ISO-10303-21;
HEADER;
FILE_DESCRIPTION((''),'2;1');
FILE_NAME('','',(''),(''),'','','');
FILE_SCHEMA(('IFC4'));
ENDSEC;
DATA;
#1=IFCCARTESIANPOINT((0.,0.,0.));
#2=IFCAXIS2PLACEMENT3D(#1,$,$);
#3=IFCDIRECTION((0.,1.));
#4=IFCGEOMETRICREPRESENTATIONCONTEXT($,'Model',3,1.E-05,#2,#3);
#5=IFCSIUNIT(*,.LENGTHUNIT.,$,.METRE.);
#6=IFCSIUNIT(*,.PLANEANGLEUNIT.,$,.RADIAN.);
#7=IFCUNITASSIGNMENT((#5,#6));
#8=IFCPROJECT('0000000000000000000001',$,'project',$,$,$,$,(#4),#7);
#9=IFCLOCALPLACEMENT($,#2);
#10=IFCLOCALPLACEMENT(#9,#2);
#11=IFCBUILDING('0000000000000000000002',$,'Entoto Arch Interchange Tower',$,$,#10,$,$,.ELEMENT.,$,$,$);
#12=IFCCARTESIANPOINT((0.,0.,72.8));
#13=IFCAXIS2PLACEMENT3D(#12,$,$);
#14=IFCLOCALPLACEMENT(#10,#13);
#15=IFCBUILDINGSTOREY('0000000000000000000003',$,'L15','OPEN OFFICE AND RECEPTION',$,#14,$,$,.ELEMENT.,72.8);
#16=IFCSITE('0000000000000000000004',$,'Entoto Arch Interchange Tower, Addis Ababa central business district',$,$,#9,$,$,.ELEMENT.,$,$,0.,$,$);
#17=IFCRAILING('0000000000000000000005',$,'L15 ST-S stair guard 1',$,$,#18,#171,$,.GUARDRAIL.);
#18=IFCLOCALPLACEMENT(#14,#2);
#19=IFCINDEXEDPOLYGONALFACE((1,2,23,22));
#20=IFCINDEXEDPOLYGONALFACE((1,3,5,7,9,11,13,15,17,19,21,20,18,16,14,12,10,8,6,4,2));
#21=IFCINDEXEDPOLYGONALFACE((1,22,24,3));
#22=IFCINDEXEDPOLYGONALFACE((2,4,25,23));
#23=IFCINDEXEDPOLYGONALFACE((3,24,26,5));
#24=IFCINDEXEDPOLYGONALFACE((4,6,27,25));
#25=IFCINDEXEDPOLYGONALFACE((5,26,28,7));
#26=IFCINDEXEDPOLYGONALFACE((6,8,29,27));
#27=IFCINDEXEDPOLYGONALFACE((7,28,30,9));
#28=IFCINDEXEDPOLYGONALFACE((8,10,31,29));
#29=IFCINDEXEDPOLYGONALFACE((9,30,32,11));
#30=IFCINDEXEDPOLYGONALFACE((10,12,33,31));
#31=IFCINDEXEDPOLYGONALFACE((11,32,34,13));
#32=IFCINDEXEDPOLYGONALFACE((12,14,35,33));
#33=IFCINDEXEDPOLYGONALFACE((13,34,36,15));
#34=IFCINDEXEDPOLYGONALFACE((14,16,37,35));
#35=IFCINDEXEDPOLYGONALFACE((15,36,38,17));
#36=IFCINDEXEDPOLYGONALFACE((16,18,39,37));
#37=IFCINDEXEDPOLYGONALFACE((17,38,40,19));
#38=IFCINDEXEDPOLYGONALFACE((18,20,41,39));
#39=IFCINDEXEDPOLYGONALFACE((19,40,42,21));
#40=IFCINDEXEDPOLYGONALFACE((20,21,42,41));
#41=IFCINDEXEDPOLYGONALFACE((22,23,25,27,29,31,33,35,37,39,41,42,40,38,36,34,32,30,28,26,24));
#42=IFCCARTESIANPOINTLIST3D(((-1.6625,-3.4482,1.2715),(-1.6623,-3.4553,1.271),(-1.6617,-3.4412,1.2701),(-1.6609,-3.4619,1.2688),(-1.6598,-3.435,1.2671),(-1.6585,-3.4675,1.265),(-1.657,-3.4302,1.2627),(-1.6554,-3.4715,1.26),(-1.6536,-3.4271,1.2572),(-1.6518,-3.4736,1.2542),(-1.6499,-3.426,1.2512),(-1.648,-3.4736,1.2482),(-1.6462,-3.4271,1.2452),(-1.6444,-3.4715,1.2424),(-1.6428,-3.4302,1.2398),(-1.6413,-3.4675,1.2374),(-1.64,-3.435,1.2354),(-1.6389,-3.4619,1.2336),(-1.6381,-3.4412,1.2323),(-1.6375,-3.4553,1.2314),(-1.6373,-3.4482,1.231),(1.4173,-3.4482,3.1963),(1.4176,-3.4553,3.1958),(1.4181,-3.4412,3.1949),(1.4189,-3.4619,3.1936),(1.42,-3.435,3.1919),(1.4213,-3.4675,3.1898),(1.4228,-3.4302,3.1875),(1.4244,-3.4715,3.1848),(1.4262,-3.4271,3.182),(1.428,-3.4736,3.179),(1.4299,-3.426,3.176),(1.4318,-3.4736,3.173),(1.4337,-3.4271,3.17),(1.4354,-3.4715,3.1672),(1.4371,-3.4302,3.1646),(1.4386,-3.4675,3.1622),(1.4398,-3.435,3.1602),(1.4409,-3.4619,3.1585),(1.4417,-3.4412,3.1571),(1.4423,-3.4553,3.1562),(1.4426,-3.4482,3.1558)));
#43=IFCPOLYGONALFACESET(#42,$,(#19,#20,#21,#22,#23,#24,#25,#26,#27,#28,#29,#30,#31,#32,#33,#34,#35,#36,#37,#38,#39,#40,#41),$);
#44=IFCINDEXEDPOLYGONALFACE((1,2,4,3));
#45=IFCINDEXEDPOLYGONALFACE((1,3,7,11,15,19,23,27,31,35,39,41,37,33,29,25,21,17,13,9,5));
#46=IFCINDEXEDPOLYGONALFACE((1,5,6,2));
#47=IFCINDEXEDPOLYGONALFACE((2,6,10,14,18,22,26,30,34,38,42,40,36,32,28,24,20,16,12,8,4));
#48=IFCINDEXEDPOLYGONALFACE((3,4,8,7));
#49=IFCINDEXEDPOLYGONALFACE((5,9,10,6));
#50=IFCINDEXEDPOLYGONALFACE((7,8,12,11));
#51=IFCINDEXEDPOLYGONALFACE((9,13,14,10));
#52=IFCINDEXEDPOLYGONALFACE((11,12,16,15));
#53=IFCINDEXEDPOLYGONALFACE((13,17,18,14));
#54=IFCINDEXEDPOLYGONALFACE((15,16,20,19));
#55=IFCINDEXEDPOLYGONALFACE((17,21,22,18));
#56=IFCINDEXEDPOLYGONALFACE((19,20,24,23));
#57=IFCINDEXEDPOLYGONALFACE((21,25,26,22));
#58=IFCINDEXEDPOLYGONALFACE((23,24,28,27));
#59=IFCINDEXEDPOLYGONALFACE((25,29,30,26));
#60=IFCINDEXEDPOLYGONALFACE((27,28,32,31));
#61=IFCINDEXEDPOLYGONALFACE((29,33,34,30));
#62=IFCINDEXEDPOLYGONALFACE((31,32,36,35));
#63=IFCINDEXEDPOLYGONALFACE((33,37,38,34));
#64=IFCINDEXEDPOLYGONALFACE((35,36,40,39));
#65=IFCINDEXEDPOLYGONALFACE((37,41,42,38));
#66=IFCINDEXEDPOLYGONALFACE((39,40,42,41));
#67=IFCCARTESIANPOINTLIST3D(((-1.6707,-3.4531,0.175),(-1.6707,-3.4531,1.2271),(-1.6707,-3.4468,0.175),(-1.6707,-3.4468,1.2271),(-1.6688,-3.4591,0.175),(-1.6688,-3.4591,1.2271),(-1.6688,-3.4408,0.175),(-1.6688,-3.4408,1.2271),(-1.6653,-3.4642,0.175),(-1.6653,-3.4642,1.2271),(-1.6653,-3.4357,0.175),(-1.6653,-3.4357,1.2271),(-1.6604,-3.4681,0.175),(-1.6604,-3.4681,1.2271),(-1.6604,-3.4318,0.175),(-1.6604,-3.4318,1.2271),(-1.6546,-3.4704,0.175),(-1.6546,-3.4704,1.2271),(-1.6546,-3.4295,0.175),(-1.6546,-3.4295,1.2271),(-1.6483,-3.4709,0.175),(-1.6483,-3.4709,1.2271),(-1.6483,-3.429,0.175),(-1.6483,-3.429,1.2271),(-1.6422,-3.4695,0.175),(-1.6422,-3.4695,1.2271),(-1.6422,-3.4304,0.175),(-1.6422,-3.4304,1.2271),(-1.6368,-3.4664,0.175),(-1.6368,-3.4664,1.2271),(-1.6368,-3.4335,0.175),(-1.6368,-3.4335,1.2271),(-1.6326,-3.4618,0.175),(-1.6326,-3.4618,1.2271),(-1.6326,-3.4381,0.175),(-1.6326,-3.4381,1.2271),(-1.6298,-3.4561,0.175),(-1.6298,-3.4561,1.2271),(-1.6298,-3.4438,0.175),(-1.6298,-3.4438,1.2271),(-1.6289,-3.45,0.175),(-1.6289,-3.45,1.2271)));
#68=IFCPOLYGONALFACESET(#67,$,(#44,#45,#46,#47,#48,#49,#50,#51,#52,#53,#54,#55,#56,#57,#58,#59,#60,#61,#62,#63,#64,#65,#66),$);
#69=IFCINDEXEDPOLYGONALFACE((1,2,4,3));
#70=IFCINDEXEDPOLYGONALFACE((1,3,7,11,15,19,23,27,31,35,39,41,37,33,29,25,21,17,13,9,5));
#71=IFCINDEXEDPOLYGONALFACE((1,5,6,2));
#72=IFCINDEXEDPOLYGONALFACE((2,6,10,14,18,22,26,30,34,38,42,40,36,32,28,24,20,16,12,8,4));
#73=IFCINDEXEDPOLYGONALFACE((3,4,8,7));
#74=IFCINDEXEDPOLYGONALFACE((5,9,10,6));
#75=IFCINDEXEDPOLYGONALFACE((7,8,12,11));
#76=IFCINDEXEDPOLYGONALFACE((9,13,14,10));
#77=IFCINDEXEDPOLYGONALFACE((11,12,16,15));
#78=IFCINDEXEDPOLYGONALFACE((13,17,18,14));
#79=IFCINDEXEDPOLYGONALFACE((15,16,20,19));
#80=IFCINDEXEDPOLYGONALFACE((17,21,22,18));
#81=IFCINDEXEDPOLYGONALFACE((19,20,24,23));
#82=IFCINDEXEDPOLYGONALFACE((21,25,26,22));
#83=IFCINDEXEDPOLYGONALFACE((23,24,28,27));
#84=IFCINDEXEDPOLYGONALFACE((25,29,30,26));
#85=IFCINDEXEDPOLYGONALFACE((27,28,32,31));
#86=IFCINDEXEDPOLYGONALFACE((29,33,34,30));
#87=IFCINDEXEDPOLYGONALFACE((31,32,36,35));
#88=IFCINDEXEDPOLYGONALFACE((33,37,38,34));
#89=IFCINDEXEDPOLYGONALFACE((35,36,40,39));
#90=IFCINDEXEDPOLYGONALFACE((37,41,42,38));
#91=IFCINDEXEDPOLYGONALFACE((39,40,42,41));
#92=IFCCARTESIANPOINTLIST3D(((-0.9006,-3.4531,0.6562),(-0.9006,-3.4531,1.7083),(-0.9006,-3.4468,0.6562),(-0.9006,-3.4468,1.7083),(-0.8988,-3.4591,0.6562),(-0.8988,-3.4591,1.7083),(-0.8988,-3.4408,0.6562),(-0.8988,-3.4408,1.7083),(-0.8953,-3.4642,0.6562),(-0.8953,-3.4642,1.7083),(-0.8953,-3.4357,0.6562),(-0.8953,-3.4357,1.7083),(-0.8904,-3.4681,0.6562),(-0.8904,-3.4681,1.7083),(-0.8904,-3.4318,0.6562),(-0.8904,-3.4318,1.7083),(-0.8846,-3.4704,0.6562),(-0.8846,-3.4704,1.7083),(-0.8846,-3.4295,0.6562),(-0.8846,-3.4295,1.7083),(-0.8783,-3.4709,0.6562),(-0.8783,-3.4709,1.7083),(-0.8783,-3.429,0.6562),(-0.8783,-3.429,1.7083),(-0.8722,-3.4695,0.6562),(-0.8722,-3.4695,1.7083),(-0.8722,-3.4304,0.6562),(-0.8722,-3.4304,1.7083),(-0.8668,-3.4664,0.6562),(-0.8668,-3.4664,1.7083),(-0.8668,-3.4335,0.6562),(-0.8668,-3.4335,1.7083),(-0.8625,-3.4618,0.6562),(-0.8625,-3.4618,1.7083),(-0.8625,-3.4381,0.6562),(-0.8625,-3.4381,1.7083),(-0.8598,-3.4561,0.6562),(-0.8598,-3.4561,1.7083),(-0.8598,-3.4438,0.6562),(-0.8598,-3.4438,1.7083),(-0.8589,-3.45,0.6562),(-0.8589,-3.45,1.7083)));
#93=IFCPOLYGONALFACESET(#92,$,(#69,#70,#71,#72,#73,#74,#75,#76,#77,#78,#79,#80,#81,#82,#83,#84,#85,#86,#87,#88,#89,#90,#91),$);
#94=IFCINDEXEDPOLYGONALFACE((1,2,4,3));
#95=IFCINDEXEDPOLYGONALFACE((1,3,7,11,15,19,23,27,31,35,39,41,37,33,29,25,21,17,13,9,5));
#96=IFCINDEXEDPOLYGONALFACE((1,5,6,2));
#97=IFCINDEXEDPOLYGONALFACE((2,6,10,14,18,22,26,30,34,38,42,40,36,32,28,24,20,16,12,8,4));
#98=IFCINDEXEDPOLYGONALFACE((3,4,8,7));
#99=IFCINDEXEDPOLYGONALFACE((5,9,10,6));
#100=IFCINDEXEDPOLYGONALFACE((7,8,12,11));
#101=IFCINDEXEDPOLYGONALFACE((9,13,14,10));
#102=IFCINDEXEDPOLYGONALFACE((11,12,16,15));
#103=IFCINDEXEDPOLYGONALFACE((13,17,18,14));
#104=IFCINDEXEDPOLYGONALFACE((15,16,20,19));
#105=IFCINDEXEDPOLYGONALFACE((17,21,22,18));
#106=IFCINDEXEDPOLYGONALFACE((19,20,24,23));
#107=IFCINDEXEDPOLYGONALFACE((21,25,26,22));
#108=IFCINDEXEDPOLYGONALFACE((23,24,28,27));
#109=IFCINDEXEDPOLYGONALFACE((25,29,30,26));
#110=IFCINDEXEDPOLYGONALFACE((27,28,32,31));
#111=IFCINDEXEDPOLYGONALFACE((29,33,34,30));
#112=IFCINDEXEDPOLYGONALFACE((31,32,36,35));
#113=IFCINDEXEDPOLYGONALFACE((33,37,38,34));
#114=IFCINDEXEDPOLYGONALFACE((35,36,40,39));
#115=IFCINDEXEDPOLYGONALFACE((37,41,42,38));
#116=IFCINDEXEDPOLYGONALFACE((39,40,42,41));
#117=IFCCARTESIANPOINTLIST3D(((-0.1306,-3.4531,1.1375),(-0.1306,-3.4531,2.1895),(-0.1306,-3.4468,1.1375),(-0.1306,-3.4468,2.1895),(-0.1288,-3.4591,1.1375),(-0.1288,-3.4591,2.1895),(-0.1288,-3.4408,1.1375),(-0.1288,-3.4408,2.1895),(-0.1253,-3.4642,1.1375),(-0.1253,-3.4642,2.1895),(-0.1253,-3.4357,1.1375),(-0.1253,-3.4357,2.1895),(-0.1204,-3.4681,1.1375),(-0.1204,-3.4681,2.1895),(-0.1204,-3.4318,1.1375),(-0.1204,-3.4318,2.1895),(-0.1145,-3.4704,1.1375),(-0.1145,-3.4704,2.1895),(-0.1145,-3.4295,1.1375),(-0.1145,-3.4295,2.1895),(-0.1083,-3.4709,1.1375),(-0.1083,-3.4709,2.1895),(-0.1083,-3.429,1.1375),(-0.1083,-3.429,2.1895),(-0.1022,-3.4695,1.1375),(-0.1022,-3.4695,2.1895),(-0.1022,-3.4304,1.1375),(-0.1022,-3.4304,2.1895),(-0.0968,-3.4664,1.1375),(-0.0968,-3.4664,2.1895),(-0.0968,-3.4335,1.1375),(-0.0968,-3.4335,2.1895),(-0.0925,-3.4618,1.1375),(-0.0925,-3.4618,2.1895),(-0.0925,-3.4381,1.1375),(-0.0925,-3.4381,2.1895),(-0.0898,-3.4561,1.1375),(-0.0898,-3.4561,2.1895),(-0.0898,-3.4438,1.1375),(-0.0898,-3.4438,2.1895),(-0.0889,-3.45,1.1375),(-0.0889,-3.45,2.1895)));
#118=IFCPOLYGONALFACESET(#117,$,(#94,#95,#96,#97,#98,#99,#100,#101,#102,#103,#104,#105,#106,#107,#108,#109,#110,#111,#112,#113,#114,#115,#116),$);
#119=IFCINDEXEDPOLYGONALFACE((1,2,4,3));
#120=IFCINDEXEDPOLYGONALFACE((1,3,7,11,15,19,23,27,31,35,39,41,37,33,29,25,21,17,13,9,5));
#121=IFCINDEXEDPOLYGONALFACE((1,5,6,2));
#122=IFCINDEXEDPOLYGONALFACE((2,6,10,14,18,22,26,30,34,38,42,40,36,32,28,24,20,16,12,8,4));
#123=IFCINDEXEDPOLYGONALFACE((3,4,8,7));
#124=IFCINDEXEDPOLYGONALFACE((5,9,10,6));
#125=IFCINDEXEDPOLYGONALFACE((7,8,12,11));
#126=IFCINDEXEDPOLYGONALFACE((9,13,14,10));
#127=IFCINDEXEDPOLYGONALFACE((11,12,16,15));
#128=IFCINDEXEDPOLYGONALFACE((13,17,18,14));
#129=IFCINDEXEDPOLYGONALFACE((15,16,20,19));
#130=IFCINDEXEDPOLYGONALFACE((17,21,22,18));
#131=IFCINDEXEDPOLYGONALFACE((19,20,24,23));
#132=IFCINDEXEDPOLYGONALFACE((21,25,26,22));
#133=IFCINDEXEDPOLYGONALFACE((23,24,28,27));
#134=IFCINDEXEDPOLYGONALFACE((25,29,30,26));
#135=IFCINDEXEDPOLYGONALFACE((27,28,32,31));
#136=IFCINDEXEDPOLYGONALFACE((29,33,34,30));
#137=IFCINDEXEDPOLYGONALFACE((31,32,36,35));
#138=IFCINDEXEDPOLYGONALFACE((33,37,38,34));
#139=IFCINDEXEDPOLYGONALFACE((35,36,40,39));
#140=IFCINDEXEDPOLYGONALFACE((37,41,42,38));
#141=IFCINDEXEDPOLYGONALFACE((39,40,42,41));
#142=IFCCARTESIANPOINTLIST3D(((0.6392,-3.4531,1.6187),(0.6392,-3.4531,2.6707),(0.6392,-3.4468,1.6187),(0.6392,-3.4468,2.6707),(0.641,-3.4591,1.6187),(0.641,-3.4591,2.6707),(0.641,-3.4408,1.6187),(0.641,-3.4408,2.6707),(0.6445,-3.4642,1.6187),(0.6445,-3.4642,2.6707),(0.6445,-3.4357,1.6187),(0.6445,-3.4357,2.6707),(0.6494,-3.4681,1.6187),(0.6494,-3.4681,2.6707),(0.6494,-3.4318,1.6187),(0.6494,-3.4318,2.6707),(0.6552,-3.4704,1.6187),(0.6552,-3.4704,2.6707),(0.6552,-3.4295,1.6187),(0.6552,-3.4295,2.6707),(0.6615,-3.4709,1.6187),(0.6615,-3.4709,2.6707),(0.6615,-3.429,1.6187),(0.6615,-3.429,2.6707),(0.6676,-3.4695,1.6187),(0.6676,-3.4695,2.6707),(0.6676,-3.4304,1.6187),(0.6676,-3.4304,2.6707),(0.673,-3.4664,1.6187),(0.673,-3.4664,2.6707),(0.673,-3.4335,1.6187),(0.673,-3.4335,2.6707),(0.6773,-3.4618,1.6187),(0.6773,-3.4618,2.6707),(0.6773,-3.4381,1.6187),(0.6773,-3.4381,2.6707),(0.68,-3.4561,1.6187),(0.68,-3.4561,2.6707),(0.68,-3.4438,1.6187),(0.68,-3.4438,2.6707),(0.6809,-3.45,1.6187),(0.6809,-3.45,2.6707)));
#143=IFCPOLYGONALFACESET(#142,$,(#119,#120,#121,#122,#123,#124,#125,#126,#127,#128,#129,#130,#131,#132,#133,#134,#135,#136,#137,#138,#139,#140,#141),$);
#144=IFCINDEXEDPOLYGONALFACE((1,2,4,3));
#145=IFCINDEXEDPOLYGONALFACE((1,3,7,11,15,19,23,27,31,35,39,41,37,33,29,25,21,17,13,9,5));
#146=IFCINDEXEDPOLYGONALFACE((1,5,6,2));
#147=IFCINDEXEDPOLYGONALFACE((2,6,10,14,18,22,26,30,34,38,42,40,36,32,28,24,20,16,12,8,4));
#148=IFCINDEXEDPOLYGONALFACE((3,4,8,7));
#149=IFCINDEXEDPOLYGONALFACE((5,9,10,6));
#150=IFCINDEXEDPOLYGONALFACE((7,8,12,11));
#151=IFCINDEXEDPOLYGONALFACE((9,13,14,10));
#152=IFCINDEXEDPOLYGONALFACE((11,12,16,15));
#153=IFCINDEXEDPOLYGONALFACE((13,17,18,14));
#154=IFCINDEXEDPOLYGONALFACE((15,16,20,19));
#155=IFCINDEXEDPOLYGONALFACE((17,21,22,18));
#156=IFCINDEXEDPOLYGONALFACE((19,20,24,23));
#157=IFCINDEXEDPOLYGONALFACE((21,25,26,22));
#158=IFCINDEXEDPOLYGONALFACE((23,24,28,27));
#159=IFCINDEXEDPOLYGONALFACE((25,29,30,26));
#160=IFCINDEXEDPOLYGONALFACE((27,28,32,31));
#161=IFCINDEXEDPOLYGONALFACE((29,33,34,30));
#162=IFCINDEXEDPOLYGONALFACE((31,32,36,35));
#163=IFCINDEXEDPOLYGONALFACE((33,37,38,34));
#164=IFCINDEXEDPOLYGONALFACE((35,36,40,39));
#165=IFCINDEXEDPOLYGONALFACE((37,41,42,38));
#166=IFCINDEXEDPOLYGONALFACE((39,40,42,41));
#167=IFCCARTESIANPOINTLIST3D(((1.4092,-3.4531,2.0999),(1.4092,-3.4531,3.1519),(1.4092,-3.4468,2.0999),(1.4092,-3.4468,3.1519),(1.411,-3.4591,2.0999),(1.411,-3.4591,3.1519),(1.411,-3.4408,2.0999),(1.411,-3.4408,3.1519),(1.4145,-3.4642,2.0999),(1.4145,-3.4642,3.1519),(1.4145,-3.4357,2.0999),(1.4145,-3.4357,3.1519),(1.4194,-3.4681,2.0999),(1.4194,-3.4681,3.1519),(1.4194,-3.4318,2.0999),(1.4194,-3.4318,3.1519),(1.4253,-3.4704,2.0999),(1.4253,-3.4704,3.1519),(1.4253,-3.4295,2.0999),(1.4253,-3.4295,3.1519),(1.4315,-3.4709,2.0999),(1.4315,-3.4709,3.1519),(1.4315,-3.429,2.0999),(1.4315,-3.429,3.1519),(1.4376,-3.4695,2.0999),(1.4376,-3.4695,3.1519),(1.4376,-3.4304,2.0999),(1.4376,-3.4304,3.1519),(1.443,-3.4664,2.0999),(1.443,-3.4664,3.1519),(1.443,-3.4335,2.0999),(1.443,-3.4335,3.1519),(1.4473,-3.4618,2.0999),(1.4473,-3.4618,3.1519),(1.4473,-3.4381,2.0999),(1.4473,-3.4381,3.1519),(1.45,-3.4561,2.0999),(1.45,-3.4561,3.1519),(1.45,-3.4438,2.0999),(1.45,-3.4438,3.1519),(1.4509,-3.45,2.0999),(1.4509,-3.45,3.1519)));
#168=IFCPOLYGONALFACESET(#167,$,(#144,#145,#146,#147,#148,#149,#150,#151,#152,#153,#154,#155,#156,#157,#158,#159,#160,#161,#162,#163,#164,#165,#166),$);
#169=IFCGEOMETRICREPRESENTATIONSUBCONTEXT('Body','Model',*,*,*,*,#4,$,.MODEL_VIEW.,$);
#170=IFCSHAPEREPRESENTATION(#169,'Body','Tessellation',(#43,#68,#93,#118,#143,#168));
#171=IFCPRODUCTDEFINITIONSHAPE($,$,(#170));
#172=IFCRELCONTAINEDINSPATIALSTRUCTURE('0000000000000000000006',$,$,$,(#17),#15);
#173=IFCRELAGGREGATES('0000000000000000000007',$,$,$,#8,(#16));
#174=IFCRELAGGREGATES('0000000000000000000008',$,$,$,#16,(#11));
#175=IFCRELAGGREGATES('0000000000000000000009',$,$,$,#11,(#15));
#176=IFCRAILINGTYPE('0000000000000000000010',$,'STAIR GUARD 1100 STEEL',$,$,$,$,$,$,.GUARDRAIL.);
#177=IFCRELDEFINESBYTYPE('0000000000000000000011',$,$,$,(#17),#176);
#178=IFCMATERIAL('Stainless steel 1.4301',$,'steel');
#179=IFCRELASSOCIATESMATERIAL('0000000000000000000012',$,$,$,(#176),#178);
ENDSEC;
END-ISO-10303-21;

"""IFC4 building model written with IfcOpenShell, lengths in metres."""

from ifc_helpers import new_model, si_unit, direction, frame, origin, origin_2d, place, context, subcontext, project, spatial, circle, extrude, material, type_object, element, save


model = new_model("IFC4")

# Units and contexts
model_context = context("Model", 3, precision=1e-05, world=origin(), true_north=direction((0.0, 1.0)))
body_context = subcontext(model_context, "Body", "Model", "MODEL_VIEW")
ifc_project = project(units=[si_unit("LENGTHUNIT", "METRE"), si_unit("PLANEANGLEUNIT", "RADIAN")], contexts=[model_context])

# Site, building, storey
site_placement = place(None, origin())
site = spatial("IfcSite", under=ifc_project, at=site_placement, Name="Entoto Arch Interchange Tower, Addis Ababa central business district", CompositionType="ELEMENT", RefElevation=0.0)
building_placement = place(site_placement, origin())
building = spatial("IfcBuilding", under=site, at=building_placement, Name="Entoto Arch Interchange Tower", CompositionType="ELEMENT")
storey_placement = place(building_placement, frame((0.0, 0.0, 72.8)))
storey = spatial("IfcBuildingStorey", under=building, at=storey_placement, Name="L15", Description="OPEN OFFICE AND RECEPTION", CompositionType="ELEMENT", Elevation=72.8)

# Railing
ifc_material_1 = material(Name="Stainless steel 1.4301", Category="steel")
railing_type_1 = type_object("IfcRailingType", Name="STAIR GUARD 1100 STEEL", PredefinedType="GUARDRAIL", material=ifc_material_1)
railing_1_placement = place(storey_placement, frame((-1.6499, -3.45, 0.175)))
element("IfcRailing", 1, at=railing_1_placement, inside=storey, type_object=railing_type_1, Name="L15 ST-S stair guard 1", PredefinedType="GUARDRAIL", context=body_context, shape_type="SweptSolid", body=[
    extrude(circle(Radius=0.0239, at=origin_2d()), frame((0.0, 0.0, 1.0762), z_axis=(0.84801, 0.0, 0.529981), x_axis=(0.0, 1.0, 0.0)), (0.0, 0.0, 1.0), 3.6318),
    extrude(circle(Radius=0.021, at=origin_2d()), origin(), (0.0, 0.0, 1.0), 1.052),
    extrude(circle(Radius=0.021, at=origin_2d()), frame((0.77, 0.0, 0.4812)), (0.0, 0.0, 1.0), 1.052),
    extrude(circle(Radius=0.021, at=origin_2d()), frame((1.54, 0.0, 0.9624)), (0.0, 0.0, 1.0), 1.052),
    extrude(circle(Radius=0.021, at=origin_2d()), frame((2.3098, 0.0, 1.4436)), (0.0, 0.0, 1.0), 1.052),
    extrude(circle(Radius=0.021, at=origin_2d()), frame((3.0798, 0.0, 1.9248)), (0.0, 0.0, 1.0), 1.052),
])

save(model, "model.ifc")
